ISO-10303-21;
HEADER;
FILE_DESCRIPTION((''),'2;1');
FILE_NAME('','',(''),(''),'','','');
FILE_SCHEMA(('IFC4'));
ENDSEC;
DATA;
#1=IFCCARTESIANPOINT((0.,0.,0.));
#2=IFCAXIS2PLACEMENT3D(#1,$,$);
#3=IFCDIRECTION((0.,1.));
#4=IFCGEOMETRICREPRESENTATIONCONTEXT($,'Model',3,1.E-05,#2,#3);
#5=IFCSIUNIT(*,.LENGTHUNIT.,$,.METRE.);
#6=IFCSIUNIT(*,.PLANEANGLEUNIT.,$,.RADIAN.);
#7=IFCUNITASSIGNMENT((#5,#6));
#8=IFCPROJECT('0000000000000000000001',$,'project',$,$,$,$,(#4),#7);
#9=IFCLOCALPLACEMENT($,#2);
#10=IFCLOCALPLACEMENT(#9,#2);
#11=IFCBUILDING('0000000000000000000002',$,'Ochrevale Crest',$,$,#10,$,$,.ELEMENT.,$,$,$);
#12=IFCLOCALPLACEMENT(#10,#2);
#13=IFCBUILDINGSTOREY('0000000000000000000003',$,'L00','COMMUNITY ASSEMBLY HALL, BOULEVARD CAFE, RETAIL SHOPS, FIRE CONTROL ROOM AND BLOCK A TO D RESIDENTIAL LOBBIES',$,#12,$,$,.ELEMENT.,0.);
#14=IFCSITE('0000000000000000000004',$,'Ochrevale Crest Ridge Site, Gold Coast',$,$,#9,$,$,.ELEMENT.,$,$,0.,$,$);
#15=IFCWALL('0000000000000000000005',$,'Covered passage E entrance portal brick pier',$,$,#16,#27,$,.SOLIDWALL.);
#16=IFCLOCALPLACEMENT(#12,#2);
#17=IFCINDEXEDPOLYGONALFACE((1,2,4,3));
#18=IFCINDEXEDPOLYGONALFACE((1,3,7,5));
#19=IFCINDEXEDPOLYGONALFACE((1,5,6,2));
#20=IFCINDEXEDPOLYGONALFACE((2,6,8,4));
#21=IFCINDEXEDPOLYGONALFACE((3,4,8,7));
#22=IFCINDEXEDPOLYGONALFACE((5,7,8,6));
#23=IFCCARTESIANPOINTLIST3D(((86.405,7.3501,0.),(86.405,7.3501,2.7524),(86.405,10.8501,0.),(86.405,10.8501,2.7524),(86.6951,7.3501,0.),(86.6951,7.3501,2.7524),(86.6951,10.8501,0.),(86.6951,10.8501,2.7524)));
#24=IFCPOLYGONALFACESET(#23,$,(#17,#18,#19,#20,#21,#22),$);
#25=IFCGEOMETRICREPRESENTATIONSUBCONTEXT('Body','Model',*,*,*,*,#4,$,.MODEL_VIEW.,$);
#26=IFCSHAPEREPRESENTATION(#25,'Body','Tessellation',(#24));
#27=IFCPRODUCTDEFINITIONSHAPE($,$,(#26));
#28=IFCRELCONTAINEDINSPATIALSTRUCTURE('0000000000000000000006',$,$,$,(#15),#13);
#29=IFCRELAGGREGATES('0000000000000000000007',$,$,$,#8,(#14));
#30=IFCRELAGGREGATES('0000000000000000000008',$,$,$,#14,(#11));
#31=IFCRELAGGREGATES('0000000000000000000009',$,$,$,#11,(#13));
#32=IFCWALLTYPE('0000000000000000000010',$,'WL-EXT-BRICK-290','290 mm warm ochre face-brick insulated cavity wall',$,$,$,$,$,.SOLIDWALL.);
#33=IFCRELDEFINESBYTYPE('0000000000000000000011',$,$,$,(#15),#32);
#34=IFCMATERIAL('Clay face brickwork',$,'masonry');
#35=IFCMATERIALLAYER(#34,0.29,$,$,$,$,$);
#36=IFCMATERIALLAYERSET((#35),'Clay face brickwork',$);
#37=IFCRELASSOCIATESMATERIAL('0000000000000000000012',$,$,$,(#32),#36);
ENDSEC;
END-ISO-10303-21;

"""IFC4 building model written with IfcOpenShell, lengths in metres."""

from ifc_helpers import new_model, si_unit, direction, frame, frame_2d, origin, place, context, subcontext, project, spatial, rectangle, extrude, material, layer, layer_set, type_object, element, save


model = new_model("IFC4")

# Units and contexts
model_context = context("Model", 3, precision=1e-05, world=origin(), true_north=direction((0.0, 1.0)))
body_context = subcontext(model_context, "Body", "Model", "MODEL_VIEW")
ifc_project = project(units=[si_unit("LENGTHUNIT", "METRE"), si_unit("PLANEANGLEUNIT", "RADIAN")], contexts=[model_context])

# Site, building, storey
site_placement = place(None, origin())
site = spatial("IfcSite", under=ifc_project, at=site_placement, Name="Ochrevale Crest Ridge Site, Gold Coast", CompositionType="ELEMENT", RefElevation=0.0)
building_placement = place(site_placement, origin())
building = spatial("IfcBuilding", under=site, at=building_placement, Name="Ochrevale Crest", CompositionType="ELEMENT")
storey_placement = place(building_placement, origin())
storey = spatial("IfcBuildingStorey", under=building, at=storey_placement, Name="L00", Description="COMMUNITY ASSEMBLY HALL, BOULEVARD CAFE, RETAIL SHOPS, FIRE CONTROL ROOM AND BLOCK A TO D RESIDENTIAL LOBBIES", CompositionType="ELEMENT", Elevation=0.0)

# Wall
ifc_material_1 = material(Name="Clay face brickwork", Category="masonry")
ifc_layer_1 = layer(ifc_material_1, 0.29)
ifc_layer_set_1 = layer_set([ifc_layer_1], Name="Clay face brickwork")
wall_type = type_object("IfcWallType", Name="WL-EXT-BRICK-290", Description="290 mm warm ochre face-brick insulated cavity wall", PredefinedType="SOLIDWALL", material=ifc_layer_set_1)
wall_placement = place(storey_placement, frame((86.55, 7.3501, 0.0), z_axis=(0.0, 0.0, 1.0), x_axis=(0.0, 1.0, 0.0)))
element("IfcWall", 1, at=wall_placement, inside=storey, type_object=wall_type, Name="Covered passage E entrance portal brick pier", PredefinedType="SOLIDWALL", context=body_context, shape_type="SweptSolid", body=[
    extrude(rectangle(XDim=3.5, YDim=0.29, at=frame_2d((1.75, 0.0))), origin(), (0.0, 0.0, 1.0), 2.7524),
])

save(model, "model.ifc")
